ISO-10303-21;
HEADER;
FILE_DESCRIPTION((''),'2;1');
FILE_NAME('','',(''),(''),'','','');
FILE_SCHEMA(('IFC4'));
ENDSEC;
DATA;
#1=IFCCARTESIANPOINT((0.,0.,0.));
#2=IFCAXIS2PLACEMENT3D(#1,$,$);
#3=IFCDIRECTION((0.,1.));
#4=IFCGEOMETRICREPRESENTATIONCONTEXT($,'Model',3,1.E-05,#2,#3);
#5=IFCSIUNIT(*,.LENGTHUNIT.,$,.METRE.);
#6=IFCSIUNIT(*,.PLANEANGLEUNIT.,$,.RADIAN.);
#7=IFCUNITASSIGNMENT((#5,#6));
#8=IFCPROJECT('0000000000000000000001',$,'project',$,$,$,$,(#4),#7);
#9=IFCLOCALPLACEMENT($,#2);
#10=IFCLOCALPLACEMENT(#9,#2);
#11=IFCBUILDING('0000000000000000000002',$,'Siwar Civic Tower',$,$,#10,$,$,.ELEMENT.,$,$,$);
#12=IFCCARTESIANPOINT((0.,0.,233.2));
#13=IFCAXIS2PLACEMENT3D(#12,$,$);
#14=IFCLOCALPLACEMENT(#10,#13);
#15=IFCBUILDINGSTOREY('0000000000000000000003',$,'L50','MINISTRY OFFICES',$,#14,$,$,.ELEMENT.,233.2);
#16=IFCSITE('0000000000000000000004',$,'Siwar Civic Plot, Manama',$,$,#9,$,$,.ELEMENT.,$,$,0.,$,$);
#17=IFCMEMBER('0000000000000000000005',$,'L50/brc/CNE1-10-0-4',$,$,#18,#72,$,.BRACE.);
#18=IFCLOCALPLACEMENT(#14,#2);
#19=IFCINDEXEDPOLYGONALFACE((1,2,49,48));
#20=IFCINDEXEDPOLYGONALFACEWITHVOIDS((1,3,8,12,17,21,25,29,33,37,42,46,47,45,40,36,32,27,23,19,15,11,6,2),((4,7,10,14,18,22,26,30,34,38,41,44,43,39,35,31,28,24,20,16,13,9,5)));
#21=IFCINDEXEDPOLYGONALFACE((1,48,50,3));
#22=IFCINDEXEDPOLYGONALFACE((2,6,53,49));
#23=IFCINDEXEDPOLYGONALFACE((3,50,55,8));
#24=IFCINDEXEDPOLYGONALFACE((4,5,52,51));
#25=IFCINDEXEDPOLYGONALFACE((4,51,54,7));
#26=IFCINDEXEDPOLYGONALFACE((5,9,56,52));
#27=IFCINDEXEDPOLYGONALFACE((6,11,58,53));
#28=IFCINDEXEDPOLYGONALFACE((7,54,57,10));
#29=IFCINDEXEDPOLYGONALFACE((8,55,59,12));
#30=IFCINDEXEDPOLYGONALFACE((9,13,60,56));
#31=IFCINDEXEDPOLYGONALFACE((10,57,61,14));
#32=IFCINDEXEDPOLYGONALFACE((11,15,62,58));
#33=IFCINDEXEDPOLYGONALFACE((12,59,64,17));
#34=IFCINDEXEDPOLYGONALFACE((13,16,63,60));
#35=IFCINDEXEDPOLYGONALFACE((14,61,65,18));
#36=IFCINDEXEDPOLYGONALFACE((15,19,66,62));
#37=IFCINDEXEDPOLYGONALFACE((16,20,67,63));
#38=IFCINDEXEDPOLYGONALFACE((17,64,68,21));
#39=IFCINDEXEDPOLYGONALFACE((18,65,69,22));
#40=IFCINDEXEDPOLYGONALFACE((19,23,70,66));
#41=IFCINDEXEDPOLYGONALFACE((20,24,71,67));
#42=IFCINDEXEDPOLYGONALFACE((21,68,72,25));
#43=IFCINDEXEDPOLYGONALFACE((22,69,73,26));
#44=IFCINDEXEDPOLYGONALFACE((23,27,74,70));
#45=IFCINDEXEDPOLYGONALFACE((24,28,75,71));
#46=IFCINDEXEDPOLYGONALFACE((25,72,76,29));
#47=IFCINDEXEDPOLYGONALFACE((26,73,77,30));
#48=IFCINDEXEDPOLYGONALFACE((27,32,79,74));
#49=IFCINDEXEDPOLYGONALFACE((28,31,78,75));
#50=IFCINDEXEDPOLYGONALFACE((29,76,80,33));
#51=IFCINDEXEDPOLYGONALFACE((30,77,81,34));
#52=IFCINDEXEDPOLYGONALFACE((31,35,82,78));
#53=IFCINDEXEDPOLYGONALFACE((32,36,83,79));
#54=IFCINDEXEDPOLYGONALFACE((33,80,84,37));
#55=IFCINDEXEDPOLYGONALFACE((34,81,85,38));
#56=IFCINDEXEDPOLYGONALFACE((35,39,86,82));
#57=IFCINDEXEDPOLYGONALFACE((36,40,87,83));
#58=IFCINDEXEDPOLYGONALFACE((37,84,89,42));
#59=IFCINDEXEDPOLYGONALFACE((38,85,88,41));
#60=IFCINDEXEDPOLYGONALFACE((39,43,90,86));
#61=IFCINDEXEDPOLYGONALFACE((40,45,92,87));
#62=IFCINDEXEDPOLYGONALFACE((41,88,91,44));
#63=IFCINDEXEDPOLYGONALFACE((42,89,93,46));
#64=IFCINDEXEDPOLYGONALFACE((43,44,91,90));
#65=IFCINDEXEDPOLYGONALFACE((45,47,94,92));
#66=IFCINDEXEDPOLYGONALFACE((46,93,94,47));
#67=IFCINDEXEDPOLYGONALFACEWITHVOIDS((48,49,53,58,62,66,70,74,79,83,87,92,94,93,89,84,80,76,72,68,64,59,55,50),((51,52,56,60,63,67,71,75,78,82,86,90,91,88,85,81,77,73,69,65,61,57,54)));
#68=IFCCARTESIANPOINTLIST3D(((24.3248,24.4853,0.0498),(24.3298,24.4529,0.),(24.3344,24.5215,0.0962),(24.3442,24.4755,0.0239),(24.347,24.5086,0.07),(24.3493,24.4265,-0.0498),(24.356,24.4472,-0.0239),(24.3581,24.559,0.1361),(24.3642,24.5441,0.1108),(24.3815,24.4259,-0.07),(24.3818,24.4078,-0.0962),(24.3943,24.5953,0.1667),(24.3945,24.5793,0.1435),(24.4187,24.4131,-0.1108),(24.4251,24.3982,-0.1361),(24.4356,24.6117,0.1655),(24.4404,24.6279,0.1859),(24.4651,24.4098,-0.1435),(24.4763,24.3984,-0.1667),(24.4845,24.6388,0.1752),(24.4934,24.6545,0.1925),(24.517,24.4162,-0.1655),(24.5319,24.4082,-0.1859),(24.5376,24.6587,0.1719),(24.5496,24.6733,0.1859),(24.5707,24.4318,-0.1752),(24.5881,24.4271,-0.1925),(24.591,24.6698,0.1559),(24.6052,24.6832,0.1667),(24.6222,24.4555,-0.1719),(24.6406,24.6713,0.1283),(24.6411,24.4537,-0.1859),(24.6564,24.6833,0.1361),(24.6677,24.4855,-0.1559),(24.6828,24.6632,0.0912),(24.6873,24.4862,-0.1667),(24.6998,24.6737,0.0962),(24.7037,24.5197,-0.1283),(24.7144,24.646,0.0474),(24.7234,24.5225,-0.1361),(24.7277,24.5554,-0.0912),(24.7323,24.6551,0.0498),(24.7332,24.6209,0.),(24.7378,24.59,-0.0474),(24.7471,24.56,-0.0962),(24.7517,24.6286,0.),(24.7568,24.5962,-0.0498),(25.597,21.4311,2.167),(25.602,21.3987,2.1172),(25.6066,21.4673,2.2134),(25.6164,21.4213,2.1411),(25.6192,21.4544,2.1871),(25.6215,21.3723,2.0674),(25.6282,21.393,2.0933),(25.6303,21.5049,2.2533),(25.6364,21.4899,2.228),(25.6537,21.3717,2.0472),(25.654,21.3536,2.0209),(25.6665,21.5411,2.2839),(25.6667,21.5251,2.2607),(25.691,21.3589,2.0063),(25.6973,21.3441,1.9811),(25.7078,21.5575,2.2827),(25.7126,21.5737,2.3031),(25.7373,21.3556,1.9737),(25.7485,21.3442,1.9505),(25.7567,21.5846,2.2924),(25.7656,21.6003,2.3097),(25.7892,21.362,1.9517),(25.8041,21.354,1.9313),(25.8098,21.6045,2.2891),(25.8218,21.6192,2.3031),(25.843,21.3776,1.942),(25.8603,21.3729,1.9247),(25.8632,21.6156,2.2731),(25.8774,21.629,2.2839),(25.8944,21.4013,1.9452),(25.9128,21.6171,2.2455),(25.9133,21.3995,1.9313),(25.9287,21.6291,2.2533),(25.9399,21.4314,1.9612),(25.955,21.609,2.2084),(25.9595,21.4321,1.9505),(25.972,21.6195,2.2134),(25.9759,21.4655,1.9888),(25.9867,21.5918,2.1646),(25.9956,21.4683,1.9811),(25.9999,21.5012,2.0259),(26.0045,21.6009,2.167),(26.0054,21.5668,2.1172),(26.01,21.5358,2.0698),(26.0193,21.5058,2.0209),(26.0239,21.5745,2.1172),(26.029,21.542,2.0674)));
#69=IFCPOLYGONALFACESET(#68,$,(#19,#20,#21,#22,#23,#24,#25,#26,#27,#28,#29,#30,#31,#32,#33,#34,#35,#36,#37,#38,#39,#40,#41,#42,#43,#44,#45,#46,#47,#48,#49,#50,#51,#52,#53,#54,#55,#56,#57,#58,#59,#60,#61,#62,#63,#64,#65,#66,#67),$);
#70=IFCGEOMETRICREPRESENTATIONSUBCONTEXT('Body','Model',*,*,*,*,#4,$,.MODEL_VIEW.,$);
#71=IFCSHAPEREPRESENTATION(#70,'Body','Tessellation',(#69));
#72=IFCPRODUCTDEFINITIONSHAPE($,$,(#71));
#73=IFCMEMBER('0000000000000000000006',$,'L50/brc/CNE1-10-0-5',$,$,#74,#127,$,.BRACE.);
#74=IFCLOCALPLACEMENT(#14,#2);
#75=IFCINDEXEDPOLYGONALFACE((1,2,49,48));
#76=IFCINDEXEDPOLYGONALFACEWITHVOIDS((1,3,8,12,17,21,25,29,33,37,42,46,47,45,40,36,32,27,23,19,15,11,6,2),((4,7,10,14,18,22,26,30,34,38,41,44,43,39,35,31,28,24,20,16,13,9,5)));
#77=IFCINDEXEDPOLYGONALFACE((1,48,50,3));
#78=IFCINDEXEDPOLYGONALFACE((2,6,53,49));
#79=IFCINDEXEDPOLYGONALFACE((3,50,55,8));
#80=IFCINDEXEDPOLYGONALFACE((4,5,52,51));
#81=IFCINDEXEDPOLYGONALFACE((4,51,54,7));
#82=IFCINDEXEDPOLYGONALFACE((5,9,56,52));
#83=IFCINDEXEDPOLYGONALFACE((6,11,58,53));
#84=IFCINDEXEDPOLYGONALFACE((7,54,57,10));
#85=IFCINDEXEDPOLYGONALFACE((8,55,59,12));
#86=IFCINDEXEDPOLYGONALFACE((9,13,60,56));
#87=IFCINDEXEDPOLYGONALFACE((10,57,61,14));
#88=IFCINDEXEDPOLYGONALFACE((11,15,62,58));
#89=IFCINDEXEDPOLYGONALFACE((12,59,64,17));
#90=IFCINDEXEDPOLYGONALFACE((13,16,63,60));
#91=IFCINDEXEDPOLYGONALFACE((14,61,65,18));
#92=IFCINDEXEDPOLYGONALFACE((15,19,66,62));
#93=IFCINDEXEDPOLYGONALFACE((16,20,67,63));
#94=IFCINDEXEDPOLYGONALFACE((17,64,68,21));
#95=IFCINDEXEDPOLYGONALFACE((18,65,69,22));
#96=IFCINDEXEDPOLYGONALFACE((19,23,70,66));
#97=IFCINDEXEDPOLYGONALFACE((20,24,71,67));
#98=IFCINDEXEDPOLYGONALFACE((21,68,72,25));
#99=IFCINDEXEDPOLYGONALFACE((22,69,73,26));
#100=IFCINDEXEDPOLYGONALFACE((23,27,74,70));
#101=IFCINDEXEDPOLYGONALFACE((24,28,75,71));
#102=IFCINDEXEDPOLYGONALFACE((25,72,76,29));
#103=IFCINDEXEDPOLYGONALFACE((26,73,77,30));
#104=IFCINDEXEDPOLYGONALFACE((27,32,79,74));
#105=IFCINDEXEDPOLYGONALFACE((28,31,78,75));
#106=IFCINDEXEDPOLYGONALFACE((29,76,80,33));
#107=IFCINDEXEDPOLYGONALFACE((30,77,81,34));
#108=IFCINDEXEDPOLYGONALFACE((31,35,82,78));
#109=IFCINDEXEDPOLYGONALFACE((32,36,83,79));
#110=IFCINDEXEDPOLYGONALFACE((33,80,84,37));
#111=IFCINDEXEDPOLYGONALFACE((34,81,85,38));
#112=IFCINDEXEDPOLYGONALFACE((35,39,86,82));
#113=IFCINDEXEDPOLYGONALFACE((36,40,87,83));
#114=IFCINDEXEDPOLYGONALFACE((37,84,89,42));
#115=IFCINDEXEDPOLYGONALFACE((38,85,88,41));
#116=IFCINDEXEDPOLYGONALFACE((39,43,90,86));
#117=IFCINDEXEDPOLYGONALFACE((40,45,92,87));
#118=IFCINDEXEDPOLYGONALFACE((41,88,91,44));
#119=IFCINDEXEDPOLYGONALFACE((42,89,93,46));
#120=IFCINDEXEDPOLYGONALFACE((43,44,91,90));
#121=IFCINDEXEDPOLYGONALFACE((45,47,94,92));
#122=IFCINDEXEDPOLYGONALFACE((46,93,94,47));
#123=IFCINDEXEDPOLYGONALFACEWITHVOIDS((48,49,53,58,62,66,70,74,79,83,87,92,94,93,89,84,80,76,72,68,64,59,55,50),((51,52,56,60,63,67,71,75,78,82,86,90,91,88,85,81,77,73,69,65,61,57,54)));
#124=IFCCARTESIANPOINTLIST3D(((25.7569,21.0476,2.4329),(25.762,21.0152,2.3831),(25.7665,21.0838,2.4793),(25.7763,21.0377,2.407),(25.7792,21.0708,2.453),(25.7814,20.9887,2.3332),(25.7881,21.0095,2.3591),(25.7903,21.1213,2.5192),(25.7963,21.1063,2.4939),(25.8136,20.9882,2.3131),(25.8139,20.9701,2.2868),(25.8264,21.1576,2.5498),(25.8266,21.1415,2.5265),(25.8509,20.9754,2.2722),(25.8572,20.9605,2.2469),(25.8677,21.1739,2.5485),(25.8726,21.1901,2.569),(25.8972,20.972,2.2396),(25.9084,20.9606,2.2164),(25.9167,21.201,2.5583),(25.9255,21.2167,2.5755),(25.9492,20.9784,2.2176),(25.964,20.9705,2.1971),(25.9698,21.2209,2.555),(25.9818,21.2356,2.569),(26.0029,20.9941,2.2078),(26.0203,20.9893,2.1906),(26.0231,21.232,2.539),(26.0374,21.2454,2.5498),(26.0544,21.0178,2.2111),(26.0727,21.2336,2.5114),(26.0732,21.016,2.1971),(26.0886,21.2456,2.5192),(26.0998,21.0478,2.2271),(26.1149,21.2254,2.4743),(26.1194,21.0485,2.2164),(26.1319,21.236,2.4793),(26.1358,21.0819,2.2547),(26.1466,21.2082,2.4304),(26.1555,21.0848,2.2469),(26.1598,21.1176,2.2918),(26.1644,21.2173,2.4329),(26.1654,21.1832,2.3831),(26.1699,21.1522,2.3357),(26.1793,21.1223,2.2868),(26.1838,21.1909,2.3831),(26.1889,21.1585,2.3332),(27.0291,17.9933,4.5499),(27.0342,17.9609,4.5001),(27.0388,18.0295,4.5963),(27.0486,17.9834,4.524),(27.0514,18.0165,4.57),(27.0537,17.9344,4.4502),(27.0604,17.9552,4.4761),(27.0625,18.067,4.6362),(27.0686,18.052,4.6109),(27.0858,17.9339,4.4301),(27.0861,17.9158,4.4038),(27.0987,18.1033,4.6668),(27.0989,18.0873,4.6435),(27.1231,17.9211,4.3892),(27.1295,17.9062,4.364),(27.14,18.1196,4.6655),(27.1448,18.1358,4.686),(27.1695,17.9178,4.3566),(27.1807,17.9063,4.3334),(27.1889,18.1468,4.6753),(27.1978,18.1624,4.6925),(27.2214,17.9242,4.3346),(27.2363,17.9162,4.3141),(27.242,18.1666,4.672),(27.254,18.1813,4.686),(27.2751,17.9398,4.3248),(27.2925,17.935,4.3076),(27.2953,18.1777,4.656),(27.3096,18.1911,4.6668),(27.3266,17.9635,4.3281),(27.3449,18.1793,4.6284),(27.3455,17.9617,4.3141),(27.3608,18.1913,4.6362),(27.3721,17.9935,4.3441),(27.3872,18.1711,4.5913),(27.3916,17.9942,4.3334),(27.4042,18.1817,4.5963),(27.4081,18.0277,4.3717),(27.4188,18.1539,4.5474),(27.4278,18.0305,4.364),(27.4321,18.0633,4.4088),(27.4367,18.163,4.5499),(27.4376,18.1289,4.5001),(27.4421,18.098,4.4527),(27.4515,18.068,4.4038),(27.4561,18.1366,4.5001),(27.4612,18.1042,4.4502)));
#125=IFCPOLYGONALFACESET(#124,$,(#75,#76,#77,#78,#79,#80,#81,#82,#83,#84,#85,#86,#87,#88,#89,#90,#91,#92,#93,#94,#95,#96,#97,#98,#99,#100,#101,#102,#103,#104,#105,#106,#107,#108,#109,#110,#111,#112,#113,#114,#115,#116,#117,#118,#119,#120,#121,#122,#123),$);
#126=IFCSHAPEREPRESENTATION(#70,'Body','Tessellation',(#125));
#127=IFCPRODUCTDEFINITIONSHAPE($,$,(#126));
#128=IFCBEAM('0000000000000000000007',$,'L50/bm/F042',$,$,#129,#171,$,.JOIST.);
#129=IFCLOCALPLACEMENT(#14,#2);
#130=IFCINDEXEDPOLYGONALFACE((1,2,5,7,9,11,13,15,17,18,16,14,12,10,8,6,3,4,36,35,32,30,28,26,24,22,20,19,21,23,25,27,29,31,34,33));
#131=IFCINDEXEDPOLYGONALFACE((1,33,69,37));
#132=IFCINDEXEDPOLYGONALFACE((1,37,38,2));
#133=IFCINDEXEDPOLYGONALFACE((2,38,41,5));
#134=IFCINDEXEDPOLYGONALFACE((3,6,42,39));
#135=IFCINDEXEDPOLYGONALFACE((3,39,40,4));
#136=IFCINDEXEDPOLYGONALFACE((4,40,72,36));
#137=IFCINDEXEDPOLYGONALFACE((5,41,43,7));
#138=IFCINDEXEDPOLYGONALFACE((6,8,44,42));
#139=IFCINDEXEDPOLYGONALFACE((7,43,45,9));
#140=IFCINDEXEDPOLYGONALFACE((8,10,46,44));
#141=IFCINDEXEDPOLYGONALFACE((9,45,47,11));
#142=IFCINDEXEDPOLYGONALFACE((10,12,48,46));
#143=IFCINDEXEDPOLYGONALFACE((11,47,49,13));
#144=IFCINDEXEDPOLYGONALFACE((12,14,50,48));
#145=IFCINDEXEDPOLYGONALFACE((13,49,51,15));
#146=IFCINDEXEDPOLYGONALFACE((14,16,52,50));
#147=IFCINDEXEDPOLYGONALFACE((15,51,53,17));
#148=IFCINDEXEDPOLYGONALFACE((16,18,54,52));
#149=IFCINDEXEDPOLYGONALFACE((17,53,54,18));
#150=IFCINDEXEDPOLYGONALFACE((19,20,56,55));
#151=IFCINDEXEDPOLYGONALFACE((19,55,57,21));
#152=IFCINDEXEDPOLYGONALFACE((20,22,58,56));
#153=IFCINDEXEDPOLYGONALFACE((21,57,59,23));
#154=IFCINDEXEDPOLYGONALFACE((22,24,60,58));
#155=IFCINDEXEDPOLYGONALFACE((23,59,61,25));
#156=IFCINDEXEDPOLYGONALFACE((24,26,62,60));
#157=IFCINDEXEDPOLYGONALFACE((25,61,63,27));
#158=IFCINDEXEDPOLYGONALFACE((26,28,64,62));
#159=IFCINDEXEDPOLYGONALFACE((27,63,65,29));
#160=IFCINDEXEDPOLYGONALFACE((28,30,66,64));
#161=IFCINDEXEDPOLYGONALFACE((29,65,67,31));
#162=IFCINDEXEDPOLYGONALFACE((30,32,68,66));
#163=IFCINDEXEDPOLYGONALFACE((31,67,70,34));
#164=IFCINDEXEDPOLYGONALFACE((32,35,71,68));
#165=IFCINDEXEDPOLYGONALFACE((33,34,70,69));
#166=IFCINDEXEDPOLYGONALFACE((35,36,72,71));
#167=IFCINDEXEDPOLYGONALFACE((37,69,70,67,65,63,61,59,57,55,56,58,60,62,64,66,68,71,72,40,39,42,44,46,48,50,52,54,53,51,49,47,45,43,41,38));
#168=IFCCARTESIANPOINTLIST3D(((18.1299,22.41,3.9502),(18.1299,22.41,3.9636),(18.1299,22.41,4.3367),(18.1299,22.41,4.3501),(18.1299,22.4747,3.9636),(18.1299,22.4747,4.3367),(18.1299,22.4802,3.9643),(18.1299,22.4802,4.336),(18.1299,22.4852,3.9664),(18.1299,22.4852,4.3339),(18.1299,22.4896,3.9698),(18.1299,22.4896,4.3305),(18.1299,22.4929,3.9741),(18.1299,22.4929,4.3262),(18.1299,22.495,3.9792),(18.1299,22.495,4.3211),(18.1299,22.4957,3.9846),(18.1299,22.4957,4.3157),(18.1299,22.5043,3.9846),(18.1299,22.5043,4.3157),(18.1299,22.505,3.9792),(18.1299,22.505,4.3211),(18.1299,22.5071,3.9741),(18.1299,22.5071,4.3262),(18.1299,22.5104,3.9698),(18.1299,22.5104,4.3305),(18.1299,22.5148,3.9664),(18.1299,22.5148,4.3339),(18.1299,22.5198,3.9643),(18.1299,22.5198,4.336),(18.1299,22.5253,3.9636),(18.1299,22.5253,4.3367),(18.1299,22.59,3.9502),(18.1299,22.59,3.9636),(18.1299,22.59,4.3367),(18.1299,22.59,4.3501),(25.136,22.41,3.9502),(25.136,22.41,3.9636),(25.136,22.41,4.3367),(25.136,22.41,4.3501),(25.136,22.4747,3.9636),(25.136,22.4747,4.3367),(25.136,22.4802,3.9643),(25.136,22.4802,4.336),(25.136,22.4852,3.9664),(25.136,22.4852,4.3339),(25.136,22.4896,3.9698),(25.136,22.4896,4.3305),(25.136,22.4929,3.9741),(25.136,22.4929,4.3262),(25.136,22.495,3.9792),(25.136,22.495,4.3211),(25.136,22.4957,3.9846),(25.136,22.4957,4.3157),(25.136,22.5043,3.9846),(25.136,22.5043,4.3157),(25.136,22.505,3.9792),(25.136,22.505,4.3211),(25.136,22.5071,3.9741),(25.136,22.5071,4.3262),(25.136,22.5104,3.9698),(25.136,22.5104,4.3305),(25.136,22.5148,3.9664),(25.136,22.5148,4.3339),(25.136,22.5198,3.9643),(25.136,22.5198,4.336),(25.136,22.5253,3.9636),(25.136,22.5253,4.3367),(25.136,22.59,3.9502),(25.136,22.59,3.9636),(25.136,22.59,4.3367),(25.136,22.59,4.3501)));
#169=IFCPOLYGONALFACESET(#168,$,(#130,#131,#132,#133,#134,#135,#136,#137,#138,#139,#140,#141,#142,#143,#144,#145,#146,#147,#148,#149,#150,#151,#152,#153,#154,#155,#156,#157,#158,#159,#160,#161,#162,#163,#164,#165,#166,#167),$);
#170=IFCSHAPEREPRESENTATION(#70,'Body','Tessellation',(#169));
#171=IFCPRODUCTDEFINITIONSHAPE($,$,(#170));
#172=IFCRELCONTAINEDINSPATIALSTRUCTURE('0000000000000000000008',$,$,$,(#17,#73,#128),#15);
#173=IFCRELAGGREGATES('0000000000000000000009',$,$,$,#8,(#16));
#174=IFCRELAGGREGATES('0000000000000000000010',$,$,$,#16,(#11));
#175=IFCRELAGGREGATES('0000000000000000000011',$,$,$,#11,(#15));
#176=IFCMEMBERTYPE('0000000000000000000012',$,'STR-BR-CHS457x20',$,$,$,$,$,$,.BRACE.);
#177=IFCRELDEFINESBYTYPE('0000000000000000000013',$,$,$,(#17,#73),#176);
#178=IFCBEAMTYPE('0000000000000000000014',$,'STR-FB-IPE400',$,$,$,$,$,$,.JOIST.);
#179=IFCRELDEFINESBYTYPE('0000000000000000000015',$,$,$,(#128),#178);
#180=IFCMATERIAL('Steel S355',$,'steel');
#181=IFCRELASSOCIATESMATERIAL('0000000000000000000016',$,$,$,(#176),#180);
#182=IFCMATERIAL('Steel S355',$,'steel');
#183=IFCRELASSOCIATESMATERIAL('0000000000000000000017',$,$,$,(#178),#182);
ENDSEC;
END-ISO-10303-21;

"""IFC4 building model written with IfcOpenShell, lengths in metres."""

from ifc_helpers import new_model, si_unit, direction, frame, origin, origin_2d, place, context, subcontext, project, spatial, hollow_circle, i_section, extrude, material, material_profile, profile_set, type_object, element, save


model = new_model("IFC4")

# Units and contexts
model_context = context("Model", 3, precision=1e-05, world=origin(), true_north=direction((0.0, 1.0)))
body_context = subcontext(model_context, "Body", "Model", "MODEL_VIEW")
ifc_project = project(units=[si_unit("LENGTHUNIT", "METRE"), si_unit("PLANEANGLEUNIT", "RADIAN")], contexts=[model_context])

# Site, building, storey
site_placement = place(None, origin())
site = spatial("IfcSite", under=ifc_project, at=site_placement, Name="Siwar Civic Plot, Manama", CompositionType="ELEMENT", RefElevation=0.0)
building_placement = place(site_placement, origin())
building = spatial("IfcBuilding", under=site, at=building_placement, Name="Siwar Civic Tower", CompositionType="ELEMENT")
storey_placement = place(building_placement, frame((0.0, 0.0, 233.2)))
storey = spatial("IfcBuildingStorey", under=building, at=storey_placement, Name="L50", Description="MINISTRY OFFICES", CompositionType="ELEMENT", Elevation=233.2)

# Members
ifc_material_1 = material(Name="Steel S355", Category="steel")
ifc_material_profile_1 = material_profile(ifc_material_1, hollow_circle(Radius=0.2285, WallThickness=0.02, at=origin_2d()), Name="CHS457x20")
ifc_profile_set_1 = profile_set([ifc_material_profile_1], Name="Steel S355")
member_type_1 = type_object("IfcMemberType", Name="STR-BR-CHS457x20", PredefinedType="BRACE", material=ifc_profile_set_1)
for number, where, z_axis, x_axis, name in (
    (1, (24.5408, 24.5408, 0.0), (0.323884, -0.777546, 0.538999), (0.923116, 0.384521, 0.0), "L50/brc/CNE1-10-0-4"),
    (2, (25.9729, 21.103, 2.3831), (0.323895, -0.777572, 0.538955), (0.923116, 0.384521, 0.0), "L50/brc/CNE1-10-0-5"),
):
    element("IfcMember", number, at=place(storey_placement, frame(where, z_axis=z_axis, x_axis=x_axis)), inside=storey, type_object=member_type_1, Name=name, PredefinedType="BRACE", context=body_context, shape_type="SweptSolid", body=[
        extrude(hollow_circle(Radius=0.2285, WallThickness=0.02, at=origin_2d()), origin(), (0.0, 0.0, 1.0), 3.928),
    ])

# Beam
ifc_material_2 = material(Name="Steel S355", Category="steel")
ifc_material_profile_2 = material_profile(ifc_material_2, i_section(OverallWidth=0.1799, OverallDepth=0.3999, WebThickness=0.0085, FlangeThickness=0.0134, FilletRadius=0.021, at=origin_2d()), Name="IPE400")
ifc_profile_set_2 = profile_set([ifc_material_profile_2], Name="Steel S355")
beam_type_1 = type_object("IfcBeamType", Name="STR-FB-IPE400", PredefinedType="JOIST", material=ifc_profile_set_2)
beam_1_placement = place(storey_placement, frame((18.1299, 22.5, 4.1501), z_axis=(1.0, 0.0, 0.0), x_axis=(0.0, 1.0, 0.0)))
element("IfcBeam", 3, at=beam_1_placement, inside=storey, type_object=beam_type_1, Name="L50/bm/F042", PredefinedType="JOIST", context=body_context, shape_type="SweptSolid", body=[
    extrude(i_section(OverallWidth=0.1799, OverallDepth=0.3999, WebThickness=0.0085, FlangeThickness=0.0134, FilletRadius=0.021, at=origin_2d()), origin(), (0.0, 0.0, 1.0), 7.0061),
])

save(model, "model.ifc")
